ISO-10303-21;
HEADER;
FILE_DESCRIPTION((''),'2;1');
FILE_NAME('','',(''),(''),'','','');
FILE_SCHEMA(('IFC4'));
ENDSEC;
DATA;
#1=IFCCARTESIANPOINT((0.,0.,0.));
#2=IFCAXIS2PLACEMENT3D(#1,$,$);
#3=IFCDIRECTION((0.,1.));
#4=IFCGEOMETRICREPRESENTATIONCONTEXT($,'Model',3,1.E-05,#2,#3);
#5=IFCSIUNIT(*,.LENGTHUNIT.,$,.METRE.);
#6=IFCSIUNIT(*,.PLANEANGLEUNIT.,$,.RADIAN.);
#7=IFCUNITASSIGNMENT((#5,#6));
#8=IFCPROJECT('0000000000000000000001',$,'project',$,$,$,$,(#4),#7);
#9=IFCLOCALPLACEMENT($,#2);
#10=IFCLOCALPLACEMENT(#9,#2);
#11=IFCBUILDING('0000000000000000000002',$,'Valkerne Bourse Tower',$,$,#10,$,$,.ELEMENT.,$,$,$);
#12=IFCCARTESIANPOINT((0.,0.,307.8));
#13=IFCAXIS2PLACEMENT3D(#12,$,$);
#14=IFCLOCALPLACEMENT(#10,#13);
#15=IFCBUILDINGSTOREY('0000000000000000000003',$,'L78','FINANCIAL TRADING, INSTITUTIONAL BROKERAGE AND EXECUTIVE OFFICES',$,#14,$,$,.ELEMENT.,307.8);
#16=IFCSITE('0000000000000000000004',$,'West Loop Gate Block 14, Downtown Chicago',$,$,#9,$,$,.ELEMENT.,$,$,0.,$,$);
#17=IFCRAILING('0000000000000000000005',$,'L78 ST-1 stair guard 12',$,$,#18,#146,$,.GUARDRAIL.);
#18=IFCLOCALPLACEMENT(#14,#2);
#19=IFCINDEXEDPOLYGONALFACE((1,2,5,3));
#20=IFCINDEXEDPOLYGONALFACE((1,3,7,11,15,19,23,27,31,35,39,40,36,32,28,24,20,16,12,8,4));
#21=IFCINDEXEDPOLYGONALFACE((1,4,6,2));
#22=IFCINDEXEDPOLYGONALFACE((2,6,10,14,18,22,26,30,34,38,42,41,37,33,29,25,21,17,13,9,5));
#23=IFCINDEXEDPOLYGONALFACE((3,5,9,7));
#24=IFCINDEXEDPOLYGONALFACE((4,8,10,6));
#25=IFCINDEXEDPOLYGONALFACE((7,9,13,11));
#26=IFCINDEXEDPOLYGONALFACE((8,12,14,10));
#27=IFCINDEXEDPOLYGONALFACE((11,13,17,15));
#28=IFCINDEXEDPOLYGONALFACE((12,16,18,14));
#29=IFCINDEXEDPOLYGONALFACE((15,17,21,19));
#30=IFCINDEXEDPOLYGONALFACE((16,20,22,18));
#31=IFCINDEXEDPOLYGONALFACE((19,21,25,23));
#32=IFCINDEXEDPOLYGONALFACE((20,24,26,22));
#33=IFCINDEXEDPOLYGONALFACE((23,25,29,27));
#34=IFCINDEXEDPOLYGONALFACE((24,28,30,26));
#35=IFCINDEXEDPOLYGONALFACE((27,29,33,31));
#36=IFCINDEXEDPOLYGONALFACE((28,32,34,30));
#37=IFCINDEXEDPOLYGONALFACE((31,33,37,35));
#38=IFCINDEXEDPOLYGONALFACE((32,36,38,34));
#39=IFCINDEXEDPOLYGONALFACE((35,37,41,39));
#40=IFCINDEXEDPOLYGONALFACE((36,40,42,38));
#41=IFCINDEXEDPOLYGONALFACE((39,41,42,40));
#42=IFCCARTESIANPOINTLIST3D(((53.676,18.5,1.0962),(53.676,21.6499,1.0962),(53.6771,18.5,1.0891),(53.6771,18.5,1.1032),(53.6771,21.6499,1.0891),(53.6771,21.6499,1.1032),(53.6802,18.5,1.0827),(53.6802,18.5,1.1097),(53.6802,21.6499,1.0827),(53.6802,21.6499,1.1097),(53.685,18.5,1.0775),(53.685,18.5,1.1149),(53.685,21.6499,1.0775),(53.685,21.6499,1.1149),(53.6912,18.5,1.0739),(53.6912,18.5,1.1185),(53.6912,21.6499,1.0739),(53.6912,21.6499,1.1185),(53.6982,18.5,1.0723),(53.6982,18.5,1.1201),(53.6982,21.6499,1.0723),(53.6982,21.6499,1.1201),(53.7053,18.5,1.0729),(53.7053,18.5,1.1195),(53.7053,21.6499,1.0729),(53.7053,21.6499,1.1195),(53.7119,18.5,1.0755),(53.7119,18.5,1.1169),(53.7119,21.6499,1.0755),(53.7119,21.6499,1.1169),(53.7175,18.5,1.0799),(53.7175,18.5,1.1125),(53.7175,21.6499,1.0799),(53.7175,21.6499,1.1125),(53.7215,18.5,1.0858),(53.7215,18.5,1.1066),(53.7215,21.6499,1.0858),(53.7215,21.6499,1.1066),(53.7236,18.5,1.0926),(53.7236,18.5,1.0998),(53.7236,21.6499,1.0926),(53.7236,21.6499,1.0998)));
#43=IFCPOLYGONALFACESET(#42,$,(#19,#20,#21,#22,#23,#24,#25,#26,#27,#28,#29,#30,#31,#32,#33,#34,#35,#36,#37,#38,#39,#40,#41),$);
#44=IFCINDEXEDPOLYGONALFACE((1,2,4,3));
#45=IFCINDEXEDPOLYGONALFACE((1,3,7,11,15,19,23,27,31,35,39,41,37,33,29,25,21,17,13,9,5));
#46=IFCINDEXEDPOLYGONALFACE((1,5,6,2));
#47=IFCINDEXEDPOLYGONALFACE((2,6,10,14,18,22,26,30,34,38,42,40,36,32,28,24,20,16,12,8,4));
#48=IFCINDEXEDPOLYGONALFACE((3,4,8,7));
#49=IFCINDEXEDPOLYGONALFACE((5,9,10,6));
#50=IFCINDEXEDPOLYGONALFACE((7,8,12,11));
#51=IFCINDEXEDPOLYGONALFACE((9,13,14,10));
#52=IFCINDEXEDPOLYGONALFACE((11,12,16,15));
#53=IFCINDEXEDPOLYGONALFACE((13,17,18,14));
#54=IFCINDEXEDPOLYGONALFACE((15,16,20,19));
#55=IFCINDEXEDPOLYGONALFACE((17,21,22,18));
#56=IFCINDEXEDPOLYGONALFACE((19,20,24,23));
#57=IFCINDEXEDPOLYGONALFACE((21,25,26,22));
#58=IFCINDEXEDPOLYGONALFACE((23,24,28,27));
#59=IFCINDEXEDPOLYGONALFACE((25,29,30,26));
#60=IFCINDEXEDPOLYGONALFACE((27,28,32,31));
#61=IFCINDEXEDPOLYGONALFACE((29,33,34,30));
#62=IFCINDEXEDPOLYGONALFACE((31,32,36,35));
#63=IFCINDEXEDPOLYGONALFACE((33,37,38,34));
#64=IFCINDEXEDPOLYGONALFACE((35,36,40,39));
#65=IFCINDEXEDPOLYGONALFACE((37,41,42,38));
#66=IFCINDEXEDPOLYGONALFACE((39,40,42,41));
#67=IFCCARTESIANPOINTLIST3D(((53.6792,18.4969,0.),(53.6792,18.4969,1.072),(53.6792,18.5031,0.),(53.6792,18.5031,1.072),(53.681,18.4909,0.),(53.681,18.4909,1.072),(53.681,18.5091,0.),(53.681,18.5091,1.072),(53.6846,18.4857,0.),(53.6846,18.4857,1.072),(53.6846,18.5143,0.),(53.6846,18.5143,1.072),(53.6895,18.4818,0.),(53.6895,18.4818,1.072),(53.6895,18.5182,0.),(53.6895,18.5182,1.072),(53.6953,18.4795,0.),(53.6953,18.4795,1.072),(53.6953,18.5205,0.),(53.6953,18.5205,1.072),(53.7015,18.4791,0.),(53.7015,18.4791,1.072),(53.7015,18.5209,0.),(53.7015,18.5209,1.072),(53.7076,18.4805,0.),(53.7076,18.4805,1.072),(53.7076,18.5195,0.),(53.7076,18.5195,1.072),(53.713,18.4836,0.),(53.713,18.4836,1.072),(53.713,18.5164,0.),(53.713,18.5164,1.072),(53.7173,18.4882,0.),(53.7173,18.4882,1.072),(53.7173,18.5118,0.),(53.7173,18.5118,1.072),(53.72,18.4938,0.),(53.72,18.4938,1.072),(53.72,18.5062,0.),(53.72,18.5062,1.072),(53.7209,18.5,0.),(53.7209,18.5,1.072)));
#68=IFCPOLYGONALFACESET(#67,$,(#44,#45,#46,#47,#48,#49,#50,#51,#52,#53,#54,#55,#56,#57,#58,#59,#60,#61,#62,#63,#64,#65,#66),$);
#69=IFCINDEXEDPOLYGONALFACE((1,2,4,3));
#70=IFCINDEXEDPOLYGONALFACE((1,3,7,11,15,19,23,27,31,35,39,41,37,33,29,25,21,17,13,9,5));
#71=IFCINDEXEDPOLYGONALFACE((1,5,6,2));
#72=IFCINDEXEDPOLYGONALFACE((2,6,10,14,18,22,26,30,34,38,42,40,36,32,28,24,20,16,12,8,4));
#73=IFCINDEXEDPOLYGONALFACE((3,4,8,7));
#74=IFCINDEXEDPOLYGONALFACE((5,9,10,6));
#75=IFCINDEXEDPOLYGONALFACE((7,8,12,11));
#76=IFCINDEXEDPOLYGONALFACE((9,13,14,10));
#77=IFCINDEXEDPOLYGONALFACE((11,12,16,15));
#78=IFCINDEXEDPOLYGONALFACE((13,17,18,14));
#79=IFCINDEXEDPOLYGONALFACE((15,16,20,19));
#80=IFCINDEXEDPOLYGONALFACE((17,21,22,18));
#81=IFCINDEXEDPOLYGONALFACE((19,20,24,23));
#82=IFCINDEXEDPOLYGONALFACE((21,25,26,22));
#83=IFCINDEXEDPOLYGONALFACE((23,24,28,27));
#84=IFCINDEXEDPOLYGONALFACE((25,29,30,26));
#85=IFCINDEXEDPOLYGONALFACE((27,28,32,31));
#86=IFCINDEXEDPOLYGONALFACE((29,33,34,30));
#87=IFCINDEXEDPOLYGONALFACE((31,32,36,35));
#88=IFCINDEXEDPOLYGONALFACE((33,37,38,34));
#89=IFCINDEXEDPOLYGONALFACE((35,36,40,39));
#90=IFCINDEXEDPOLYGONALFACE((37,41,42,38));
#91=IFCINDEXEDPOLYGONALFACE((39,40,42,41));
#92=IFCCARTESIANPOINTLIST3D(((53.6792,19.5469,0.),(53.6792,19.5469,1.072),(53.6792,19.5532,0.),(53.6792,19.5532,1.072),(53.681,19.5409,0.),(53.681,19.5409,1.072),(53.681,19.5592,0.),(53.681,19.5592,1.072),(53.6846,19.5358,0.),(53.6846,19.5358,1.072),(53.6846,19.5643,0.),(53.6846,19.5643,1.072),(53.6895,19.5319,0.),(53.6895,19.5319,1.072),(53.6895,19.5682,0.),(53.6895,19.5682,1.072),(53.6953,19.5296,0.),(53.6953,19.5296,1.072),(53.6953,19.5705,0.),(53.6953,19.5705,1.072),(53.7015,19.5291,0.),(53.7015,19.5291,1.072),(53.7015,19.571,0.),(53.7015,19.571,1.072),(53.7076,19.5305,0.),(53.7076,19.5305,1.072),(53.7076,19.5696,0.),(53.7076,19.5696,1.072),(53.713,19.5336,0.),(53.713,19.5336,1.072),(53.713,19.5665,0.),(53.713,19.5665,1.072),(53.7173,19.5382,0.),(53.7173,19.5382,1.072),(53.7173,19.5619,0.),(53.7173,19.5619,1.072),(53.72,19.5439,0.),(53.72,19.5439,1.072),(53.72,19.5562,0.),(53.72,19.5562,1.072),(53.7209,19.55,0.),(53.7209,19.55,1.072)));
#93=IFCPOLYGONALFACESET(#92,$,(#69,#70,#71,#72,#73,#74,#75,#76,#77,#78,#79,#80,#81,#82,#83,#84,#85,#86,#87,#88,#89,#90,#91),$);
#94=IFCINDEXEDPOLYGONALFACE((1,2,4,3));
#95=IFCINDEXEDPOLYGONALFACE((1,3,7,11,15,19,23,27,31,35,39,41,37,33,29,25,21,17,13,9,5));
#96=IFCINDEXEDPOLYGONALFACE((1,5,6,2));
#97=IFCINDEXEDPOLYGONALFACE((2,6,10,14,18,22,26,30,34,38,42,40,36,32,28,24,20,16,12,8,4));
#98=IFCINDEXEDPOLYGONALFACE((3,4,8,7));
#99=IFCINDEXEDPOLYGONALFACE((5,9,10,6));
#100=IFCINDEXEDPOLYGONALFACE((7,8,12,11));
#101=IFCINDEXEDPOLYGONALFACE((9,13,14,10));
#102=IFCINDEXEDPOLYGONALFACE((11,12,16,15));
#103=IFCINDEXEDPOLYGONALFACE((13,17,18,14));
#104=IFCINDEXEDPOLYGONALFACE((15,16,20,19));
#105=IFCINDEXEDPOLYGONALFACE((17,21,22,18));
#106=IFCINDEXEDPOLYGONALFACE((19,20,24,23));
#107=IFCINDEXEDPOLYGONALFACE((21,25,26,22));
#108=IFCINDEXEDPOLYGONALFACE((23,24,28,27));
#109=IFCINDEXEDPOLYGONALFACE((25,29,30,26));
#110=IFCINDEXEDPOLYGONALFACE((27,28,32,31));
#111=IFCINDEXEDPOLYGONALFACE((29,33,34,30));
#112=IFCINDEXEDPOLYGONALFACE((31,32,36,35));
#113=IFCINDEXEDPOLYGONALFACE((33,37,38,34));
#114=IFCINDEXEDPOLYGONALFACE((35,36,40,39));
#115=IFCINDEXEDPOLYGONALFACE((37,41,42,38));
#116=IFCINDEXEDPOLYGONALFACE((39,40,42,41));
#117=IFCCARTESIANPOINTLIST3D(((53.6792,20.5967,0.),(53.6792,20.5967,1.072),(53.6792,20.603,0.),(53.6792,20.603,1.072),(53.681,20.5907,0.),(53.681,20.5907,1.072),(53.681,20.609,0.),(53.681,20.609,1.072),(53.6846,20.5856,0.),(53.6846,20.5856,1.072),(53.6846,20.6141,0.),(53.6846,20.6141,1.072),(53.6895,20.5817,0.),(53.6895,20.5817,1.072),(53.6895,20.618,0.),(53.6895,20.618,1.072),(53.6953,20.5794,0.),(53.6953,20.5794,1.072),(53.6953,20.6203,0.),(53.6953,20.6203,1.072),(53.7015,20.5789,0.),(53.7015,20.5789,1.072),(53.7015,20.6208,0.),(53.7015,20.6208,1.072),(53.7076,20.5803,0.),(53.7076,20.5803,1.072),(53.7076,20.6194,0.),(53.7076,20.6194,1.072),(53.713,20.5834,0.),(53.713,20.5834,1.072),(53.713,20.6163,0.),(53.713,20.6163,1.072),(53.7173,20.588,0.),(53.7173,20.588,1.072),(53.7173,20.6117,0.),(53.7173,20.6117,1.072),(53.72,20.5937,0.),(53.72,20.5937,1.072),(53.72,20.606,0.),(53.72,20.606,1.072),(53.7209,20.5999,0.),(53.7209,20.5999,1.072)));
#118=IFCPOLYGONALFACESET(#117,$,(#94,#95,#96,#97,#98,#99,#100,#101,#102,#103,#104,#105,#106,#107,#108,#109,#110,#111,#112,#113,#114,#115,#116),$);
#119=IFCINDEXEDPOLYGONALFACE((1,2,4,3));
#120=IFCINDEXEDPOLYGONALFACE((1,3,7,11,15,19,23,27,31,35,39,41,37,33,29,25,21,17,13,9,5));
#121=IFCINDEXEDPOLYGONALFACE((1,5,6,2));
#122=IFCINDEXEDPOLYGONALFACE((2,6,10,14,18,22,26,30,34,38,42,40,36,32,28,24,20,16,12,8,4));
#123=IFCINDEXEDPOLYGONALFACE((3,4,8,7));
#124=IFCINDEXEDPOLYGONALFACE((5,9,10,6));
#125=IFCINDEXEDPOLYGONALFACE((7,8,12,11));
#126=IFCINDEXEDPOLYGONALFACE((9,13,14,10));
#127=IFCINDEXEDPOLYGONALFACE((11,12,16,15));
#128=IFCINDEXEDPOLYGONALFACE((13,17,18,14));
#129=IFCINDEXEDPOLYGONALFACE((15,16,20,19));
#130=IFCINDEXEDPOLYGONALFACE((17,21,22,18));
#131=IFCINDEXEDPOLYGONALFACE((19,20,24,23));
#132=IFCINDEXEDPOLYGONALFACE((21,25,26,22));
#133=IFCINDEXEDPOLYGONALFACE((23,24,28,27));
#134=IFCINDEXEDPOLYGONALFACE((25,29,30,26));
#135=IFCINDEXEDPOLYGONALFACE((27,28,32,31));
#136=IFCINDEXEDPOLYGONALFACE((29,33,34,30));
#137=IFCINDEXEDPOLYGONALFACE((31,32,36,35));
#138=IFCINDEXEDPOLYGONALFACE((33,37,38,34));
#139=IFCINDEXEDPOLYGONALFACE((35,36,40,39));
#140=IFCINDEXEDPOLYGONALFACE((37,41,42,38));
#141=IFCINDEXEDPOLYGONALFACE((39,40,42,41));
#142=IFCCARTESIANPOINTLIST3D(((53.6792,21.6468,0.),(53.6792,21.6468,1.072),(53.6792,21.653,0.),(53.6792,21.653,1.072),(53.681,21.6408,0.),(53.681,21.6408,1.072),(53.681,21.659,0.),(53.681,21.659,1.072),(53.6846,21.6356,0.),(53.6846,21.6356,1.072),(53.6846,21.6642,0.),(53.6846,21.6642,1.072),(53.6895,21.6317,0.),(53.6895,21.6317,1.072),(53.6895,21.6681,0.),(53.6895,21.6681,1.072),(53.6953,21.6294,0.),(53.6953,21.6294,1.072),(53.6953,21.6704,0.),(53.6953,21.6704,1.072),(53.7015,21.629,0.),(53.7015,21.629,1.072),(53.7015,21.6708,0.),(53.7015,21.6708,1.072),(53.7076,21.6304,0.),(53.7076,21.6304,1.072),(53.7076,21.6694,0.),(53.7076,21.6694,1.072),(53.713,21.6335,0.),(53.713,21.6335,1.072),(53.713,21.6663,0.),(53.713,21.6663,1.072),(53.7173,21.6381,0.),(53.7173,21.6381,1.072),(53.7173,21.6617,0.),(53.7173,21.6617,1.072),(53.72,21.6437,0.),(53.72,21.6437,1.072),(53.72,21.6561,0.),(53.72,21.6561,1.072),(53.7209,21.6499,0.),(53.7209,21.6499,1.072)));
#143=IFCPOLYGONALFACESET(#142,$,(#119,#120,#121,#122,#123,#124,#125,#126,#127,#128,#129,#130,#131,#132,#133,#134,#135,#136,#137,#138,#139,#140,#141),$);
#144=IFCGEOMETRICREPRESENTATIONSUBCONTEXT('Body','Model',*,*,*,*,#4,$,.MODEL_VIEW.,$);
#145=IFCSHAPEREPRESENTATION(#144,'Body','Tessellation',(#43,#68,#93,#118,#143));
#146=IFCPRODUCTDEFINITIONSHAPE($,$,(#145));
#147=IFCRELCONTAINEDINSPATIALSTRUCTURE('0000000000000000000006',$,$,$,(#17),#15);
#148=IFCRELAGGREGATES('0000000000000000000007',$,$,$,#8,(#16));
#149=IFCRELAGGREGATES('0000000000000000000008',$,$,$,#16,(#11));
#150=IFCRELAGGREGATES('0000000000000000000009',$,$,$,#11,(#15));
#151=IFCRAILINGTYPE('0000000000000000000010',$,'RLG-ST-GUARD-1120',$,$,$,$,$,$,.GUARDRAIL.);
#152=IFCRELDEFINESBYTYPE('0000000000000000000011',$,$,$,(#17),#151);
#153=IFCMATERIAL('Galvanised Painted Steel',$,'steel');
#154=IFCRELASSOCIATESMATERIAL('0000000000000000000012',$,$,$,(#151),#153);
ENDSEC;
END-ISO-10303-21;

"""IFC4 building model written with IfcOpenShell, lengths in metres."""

from ifc_helpers import new_model, si_unit, direction, frame, origin, origin_2d, place, context, subcontext, project, spatial, circle, extrude, material, type_object, element, save


model = new_model("IFC4")

# Units and contexts
model_context = context("Model", 3, precision=1e-05, world=origin(), true_north=direction((0.0, 1.0)))
body_context = subcontext(model_context, "Body", "Model", "MODEL_VIEW")
ifc_project = project(units=[si_unit("LENGTHUNIT", "METRE"), si_unit("PLANEANGLEUNIT", "RADIAN")], contexts=[model_context])

# Site, building, storey
site_placement = place(None, origin())
site = spatial("IfcSite", under=ifc_project, at=site_placement, Name="West Loop Gate Block 14, Downtown Chicago", CompositionType="ELEMENT", RefElevation=0.0)
building_placement = place(site_placement, origin())
building = spatial("IfcBuilding", under=site, at=building_placement, Name="Valkerne Bourse Tower", CompositionType="ELEMENT")
storey_placement = place(building_placement, frame((0.0, 0.0, 307.8)))
storey = spatial("IfcBuildingStorey", under=building, at=storey_placement, Name="L78", Description="FINANCIAL TRADING, INSTITUTIONAL BROKERAGE AND EXECUTIVE OFFICES", CompositionType="ELEMENT", Elevation=307.8)

# Railing
ifc_material_1 = material(Name="Galvanised Painted Steel", Category="steel")
railing_type_1 = type_object("IfcRailingType", Name="RLG-ST-GUARD-1120", PredefinedType="GUARDRAIL", material=ifc_material_1)
railing_1_placement = place(storey_placement, frame((53.7, 18.5, 0.0)))
element("IfcRailing", 1, at=railing_1_placement, inside=storey, type_object=railing_type_1, Name="L78 ST-1 stair guard 12", PredefinedType="GUARDRAIL", context=body_context, shape_type="SweptSolid", body=[
    extrude(circle(Radius=0.0239, at=origin_2d()), frame((0.0, 0.0, 1.0962), z_axis=(0.0, 1.0, 0.0), x_axis=(-1.0, 0.0, 0.0)), (0.0, 0.0, 1.0), 3.1499),
    extrude(circle(Radius=0.021, at=origin_2d()), origin(), (0.0, 0.0, 1.0), 1.072),
    extrude(circle(Radius=0.021, at=origin_2d()), frame((0.0, 1.05, 0.0)), (0.0, 0.0, 1.0), 1.072),
    extrude(circle(Radius=0.021, at=origin_2d()), frame((0.0, 2.0999, 0.0)), (0.0, 0.0, 1.0), 1.072),
    extrude(circle(Radius=0.021, at=origin_2d()), frame((0.0, 3.1499, 0.0)), (0.0, 0.0, 1.0), 1.072),
])

save(model, "model.ifc")
